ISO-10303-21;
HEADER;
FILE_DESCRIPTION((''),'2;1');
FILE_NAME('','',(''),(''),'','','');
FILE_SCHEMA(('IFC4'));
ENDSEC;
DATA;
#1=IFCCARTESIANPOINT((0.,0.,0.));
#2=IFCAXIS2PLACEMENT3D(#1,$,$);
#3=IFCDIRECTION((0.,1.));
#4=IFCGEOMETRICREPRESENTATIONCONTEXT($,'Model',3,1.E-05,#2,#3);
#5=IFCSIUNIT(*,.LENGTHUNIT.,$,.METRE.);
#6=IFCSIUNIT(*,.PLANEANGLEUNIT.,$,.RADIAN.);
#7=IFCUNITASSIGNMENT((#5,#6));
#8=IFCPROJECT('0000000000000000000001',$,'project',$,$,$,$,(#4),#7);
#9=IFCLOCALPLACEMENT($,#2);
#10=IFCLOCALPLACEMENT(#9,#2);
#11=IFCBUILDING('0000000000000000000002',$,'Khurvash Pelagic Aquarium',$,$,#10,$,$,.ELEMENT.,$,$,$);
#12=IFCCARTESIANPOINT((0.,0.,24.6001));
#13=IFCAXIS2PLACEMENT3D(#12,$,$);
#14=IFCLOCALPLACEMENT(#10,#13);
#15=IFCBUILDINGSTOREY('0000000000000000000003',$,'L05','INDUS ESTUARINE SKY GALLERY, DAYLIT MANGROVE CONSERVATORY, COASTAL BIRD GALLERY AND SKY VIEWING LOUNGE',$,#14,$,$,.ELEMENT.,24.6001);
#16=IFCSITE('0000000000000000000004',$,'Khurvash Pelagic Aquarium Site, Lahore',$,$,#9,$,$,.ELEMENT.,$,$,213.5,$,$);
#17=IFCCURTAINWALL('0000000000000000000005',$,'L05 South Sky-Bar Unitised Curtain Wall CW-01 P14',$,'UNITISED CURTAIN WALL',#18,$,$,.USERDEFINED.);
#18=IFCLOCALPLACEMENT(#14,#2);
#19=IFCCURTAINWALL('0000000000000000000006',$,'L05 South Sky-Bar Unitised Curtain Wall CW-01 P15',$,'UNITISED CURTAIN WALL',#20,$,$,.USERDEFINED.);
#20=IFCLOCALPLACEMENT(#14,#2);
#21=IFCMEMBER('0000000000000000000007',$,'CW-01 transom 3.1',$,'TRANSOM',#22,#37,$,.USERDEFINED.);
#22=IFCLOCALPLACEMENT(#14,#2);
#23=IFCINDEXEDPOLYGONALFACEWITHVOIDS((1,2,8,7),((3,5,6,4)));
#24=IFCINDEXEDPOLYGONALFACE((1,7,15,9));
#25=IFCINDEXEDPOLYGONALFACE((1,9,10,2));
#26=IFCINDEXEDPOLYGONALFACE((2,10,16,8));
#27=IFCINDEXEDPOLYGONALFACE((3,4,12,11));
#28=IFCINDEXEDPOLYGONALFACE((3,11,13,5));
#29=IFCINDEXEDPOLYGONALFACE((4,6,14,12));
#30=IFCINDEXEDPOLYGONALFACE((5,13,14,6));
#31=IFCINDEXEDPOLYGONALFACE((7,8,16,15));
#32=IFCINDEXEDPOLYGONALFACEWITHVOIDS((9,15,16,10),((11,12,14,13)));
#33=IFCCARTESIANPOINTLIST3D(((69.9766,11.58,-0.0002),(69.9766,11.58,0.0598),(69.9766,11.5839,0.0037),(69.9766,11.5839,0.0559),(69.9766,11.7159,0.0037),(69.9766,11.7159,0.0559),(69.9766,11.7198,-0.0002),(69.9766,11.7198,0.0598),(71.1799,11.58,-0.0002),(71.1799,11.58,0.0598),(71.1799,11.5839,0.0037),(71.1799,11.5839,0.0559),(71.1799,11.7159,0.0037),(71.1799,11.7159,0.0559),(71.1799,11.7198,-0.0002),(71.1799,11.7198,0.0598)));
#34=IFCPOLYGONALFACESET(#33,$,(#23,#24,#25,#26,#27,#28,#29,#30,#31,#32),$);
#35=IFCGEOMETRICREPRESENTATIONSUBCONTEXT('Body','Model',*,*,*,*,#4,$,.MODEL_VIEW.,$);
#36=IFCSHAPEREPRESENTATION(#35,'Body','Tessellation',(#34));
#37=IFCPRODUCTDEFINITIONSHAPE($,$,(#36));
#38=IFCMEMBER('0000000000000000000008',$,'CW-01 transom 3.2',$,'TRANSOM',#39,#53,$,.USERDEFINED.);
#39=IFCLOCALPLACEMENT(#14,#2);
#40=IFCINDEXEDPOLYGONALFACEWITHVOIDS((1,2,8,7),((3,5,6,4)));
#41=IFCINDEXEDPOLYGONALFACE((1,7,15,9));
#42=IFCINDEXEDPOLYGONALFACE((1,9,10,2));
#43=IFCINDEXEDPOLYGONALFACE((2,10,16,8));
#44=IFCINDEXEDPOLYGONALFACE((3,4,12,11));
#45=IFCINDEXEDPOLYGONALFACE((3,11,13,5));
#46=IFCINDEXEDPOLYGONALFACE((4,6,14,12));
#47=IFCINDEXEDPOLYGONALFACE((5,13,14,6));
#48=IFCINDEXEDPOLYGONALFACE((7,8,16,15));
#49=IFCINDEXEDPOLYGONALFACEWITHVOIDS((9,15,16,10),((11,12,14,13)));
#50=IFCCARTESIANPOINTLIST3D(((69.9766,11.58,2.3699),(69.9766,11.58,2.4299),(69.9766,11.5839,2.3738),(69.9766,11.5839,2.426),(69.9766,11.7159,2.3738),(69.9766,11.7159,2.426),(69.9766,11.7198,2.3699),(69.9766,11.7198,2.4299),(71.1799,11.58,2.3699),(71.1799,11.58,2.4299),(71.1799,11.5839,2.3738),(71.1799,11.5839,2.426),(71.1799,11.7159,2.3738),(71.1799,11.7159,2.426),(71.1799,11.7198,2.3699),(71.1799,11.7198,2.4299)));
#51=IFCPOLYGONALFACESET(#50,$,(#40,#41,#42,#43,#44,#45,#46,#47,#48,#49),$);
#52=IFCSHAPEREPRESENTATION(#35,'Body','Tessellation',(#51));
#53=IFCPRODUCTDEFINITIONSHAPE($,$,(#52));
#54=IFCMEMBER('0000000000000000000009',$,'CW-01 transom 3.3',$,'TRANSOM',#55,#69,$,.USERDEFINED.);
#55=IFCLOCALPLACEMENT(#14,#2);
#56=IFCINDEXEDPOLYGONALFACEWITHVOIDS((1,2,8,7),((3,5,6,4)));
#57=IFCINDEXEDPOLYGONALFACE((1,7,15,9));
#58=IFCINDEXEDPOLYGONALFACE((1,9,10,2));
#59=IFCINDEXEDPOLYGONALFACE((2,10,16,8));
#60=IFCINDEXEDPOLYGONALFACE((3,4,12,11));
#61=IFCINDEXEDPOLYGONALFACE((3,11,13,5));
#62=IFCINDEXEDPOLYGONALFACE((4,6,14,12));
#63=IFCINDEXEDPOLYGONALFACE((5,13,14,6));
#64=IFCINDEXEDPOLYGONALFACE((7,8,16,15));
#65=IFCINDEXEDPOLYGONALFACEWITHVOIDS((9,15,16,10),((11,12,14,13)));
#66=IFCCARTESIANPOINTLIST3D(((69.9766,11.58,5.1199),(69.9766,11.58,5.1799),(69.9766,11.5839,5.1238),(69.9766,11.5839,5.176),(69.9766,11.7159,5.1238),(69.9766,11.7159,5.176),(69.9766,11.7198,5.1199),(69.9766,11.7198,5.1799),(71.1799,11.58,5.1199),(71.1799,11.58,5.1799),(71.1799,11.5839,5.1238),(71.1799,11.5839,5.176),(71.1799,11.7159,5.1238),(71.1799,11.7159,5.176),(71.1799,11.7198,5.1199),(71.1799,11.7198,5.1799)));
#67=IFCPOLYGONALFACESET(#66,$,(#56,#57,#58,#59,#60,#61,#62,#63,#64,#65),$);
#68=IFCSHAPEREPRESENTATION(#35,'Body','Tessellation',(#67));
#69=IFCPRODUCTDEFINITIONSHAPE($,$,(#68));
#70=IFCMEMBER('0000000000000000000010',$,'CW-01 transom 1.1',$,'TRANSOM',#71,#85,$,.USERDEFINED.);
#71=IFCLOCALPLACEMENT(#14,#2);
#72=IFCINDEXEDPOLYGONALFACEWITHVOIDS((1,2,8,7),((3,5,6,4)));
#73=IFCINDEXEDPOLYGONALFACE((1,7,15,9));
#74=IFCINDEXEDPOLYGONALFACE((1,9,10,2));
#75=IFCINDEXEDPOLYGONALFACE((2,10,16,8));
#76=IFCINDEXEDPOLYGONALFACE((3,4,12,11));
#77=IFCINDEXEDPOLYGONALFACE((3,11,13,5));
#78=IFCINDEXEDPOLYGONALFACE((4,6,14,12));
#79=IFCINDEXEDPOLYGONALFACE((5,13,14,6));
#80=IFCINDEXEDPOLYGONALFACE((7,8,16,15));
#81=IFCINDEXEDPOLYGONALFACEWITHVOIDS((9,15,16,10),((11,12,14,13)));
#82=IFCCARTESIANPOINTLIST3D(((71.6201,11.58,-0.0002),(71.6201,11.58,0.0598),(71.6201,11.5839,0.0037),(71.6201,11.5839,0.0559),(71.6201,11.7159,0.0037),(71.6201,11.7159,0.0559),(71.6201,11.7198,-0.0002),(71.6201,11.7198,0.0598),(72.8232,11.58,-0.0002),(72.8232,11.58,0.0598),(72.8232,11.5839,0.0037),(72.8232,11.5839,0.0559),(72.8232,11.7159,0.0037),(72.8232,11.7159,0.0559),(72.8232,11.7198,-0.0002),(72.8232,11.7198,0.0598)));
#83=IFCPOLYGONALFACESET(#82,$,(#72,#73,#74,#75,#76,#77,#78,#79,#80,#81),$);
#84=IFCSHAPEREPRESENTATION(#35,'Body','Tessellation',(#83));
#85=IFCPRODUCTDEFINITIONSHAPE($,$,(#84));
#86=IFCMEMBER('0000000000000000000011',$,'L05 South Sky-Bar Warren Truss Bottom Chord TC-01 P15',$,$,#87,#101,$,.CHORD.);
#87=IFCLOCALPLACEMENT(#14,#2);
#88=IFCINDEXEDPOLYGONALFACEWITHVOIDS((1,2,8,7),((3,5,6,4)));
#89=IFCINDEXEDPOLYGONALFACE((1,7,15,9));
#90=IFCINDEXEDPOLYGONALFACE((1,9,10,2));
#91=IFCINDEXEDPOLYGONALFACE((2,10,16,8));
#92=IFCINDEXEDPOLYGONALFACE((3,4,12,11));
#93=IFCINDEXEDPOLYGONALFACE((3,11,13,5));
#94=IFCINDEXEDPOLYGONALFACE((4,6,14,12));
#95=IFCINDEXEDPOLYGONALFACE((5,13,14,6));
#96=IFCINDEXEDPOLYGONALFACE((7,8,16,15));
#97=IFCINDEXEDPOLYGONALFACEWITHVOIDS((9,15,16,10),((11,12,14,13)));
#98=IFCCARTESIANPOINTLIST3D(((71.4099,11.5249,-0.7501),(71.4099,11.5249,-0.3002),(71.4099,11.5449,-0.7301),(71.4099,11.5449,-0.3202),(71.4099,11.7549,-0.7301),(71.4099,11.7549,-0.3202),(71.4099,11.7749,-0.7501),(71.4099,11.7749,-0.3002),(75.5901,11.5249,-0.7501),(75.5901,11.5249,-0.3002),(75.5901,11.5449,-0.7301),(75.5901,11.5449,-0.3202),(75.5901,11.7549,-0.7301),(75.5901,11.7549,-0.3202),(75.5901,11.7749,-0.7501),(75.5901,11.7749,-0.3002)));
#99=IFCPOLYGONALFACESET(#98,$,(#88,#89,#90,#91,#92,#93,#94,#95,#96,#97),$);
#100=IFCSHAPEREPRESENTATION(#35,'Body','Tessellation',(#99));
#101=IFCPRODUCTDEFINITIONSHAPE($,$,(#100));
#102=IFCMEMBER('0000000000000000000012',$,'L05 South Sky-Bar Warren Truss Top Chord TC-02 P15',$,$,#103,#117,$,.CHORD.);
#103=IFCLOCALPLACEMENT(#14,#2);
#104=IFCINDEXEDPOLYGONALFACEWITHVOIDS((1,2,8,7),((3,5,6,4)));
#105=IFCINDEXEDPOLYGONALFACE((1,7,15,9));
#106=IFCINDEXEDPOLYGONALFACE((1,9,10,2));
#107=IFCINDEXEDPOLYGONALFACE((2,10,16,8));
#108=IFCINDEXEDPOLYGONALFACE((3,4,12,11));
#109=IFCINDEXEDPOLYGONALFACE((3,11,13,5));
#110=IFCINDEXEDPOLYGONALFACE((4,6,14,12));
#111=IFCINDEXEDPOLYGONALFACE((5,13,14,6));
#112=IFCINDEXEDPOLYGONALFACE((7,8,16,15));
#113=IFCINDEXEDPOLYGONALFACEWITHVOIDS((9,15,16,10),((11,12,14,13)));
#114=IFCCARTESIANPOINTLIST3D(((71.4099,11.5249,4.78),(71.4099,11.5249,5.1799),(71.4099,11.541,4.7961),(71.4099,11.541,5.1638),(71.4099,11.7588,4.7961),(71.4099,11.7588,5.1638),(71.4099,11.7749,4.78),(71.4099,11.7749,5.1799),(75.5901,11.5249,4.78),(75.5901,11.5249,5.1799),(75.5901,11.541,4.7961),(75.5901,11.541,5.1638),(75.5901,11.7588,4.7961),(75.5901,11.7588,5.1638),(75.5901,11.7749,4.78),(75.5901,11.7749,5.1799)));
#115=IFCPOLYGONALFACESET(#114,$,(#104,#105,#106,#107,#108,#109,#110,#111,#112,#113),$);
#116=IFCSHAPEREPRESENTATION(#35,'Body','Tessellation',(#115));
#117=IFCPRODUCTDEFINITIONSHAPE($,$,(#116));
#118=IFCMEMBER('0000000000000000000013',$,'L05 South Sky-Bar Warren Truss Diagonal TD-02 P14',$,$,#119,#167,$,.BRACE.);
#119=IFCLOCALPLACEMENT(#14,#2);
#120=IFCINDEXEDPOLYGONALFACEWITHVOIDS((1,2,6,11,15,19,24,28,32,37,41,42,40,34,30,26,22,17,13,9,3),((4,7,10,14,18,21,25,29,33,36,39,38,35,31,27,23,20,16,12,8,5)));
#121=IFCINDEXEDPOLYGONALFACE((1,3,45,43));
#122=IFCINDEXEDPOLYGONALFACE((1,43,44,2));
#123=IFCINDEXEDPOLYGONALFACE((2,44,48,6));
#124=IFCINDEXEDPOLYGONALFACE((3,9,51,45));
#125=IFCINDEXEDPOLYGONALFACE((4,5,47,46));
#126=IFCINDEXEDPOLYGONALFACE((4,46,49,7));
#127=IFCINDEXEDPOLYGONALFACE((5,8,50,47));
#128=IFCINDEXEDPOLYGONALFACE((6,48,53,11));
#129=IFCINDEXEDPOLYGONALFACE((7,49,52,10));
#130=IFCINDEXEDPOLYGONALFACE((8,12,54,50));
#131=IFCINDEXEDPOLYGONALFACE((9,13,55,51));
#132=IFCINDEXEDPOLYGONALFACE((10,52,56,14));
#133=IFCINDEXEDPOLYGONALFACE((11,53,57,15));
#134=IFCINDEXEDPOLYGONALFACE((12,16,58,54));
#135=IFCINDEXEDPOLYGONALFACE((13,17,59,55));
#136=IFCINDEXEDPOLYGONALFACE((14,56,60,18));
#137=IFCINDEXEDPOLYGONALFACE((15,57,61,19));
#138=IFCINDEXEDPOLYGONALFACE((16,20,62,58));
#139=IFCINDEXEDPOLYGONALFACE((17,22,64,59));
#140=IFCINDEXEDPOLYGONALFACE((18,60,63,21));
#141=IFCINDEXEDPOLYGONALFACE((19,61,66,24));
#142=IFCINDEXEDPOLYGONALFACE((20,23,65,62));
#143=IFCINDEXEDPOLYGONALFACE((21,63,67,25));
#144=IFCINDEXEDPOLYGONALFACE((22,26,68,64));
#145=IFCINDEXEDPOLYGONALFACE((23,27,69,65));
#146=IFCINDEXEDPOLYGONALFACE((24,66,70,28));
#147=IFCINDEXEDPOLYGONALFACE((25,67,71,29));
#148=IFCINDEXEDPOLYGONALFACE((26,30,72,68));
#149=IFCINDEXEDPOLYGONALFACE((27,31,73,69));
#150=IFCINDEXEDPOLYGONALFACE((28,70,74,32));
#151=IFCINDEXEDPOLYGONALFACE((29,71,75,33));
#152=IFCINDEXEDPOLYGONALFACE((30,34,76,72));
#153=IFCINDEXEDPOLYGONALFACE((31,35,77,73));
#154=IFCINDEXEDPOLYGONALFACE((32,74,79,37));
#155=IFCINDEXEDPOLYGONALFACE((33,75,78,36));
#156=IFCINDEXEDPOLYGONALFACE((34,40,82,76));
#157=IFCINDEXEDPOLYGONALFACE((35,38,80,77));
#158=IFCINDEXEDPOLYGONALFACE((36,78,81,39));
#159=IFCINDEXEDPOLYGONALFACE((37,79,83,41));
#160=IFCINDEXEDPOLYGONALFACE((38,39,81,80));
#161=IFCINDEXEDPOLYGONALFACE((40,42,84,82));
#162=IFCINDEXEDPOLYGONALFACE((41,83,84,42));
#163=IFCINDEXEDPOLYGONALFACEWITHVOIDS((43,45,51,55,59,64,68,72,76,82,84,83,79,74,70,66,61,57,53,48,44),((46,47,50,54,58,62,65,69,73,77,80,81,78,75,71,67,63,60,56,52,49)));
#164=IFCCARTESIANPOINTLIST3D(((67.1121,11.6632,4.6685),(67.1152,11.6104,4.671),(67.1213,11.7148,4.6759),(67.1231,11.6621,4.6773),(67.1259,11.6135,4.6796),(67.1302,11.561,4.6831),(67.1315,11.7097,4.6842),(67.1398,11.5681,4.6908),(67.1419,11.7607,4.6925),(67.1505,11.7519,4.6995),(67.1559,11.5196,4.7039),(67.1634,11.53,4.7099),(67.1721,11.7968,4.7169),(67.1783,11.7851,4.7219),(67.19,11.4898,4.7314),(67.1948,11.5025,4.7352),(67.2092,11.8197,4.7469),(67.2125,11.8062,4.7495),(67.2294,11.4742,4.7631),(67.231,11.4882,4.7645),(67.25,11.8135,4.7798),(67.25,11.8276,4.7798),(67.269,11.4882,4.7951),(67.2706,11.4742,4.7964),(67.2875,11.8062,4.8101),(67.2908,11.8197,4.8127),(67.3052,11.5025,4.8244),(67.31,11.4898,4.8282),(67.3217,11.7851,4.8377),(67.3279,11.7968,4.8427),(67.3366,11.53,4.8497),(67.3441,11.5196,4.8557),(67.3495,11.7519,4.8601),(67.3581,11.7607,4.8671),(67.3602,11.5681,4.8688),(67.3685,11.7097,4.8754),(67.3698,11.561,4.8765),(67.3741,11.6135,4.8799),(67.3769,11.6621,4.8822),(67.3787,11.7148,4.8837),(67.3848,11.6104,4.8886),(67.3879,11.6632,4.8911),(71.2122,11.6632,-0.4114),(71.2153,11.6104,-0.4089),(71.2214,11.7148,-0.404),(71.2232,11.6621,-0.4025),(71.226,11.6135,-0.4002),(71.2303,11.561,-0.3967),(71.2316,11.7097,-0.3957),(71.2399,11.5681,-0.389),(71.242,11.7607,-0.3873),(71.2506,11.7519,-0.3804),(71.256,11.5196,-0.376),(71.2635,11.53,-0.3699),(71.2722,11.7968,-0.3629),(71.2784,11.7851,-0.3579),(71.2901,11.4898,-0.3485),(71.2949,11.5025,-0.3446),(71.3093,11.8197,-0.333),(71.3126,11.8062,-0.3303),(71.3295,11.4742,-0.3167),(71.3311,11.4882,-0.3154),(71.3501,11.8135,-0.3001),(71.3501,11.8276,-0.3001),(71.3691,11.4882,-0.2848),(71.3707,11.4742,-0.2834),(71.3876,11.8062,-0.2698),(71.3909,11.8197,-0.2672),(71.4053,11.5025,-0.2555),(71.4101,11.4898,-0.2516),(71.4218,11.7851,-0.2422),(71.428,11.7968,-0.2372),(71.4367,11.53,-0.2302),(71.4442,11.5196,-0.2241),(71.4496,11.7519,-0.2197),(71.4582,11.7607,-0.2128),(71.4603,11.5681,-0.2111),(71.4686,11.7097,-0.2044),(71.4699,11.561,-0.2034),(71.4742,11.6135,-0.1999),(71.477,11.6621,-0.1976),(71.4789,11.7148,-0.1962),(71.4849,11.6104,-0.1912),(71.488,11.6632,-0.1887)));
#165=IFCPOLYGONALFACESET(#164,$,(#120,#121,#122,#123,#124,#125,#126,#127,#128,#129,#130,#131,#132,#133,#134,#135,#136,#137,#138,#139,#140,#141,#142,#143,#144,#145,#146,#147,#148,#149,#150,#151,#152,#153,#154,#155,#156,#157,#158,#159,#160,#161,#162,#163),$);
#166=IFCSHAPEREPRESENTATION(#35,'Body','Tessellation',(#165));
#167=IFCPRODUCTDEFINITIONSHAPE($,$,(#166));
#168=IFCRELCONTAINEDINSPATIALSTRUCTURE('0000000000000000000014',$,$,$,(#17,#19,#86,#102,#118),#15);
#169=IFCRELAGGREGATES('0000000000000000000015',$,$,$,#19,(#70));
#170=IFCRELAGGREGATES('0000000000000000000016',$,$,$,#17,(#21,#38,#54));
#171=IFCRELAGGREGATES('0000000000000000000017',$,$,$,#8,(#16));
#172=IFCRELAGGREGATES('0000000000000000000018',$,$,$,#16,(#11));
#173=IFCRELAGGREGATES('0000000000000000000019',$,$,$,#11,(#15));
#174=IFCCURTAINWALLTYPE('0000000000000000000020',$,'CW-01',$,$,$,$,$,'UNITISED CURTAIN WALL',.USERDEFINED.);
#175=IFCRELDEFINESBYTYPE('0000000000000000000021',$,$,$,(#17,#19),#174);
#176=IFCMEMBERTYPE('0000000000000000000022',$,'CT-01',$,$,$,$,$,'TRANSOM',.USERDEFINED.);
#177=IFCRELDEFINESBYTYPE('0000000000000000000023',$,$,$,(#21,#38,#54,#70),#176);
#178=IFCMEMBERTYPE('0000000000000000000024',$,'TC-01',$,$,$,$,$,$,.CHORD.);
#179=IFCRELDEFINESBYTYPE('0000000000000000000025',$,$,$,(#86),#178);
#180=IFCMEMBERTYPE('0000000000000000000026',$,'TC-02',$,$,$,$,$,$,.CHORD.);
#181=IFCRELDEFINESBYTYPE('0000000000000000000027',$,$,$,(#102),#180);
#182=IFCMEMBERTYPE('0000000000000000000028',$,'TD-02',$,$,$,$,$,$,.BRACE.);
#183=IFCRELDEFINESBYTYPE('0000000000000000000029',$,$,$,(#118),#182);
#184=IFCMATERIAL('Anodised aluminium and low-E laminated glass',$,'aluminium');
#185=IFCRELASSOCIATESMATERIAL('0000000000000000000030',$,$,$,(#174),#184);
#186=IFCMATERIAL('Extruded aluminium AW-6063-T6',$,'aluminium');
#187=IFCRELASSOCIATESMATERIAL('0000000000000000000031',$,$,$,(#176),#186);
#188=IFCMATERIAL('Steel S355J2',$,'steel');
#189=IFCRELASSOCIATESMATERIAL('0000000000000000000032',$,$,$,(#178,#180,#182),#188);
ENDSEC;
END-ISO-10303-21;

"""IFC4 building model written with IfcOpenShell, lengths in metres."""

from ifc_helpers import new_model, si_unit, direction, frame, origin, origin_2d, place, context, subcontext, project, spatial, hollow_rectangle, hollow_circle, extrude, material, material_profile, profile_set, type_object, element, aggregate, save


model = new_model("IFC4")

# Units and contexts
model_context = context("Model", 3, precision=1e-05, world=origin(), true_north=direction((0.0, 1.0)))
body_context = subcontext(model_context, "Body", "Model", "MODEL_VIEW")
ifc_project = project(units=[si_unit("LENGTHUNIT", "METRE"), si_unit("PLANEANGLEUNIT", "RADIAN")], contexts=[model_context])

# Site, building, storey
site_placement = place(None, origin())
site = spatial("IfcSite", under=ifc_project, at=site_placement, Name="Khurvash Pelagic Aquarium Site, Lahore", CompositionType="ELEMENT", RefElevation=213.5)
building_placement = place(site_placement, origin())
building = spatial("IfcBuilding", under=site, at=building_placement, Name="Khurvash Pelagic Aquarium", CompositionType="ELEMENT")
storey_placement = place(building_placement, frame((0.0, 0.0, 24.6001)))
storey = spatial("IfcBuildingStorey", under=building, at=storey_placement, Name="L05", Description="INDUS ESTUARINE SKY GALLERY, DAYLIT MANGROVE CONSERVATORY, COASTAL BIRD GALLERY AND SKY VIEWING LOUNGE", CompositionType="ELEMENT", Elevation=24.6001)

# Curtain wall
ifc_material_1 = material(Name="Anodised aluminium and low-E laminated glass", Category="aluminium")
curtain_wall_type = type_object("IfcCurtainWallType", Name="CW-01", ElementType="UNITISED CURTAIN WALL", PredefinedType="USERDEFINED", material=ifc_material_1)
curtain_wall_1_placement = place(storey_placement, origin())
curtain_wall_1 = element("IfcCurtainWall", 1, at=curtain_wall_1_placement, inside=storey, type_object=curtain_wall_type, Name="L05 South Sky-Bar Unitised Curtain Wall CW-01 P14", ObjectType="UNITISED CURTAIN WALL", PredefinedType="USERDEFINED")
ifc_material_2 = material(Name="Extruded aluminium AW-6063-T6", Category="aluminium")

# Curtain wall
curtain_wall_2_placement = place(storey_placement, origin())
curtain_wall_2 = element("IfcCurtainWall", 2, at=curtain_wall_2_placement, inside=storey, type_object=curtain_wall_type, Name="L05 South Sky-Bar Unitised Curtain Wall CW-01 P15", ObjectType="UNITISED CURTAIN WALL", PredefinedType="USERDEFINED")

# Members
ifc_material_profile_1 = material_profile(ifc_material_2, hollow_rectangle(XDim=0.1399, YDim=0.0601, WallThickness=0.0039, at=origin_2d()), Name="CWT140X60X4")
ifc_profile_set_1 = profile_set([ifc_material_profile_1], Name="Extruded aluminium AW-6063-T6")
member_type_1 = type_object("IfcMemberType", Name="CT-01", ElementType="TRANSOM", PredefinedType="USERDEFINED", material=ifc_profile_set_1)
member_1_placement = place(storey_placement, frame((69.9766, 11.6499, 0.0298), z_axis=(1.0, 0.0, 0.0), x_axis=(0.0, 1.0, 0.0)))
member_1 = element("IfcMember", 3, at=member_1_placement, type_object=member_type_1, Name="CW-01 transom 3.1", ObjectType="TRANSOM", PredefinedType="USERDEFINED", context=body_context, shape_type="SweptSolid", body=[
    extrude(hollow_rectangle(XDim=0.1399, YDim=0.0601, WallThickness=0.0039, at=origin_2d()), origin(), (0.0, 0.0, 1.0), 1.2034),
])
member_2_placement = place(storey_placement, frame((69.9766, 11.6499, 2.3999), z_axis=(1.0, 0.0, 0.0), x_axis=(0.0, 1.0, 0.0)))
member_2 = element("IfcMember", 4, at=member_2_placement, type_object=member_type_1, Name="CW-01 transom 3.2", ObjectType="TRANSOM", PredefinedType="USERDEFINED", context=body_context, shape_type="SweptSolid", body=[
    extrude(hollow_rectangle(XDim=0.1399, YDim=0.0601, WallThickness=0.0039, at=origin_2d()), origin(), (0.0, 0.0, 1.0), 1.2034),
])
member_3_placement = place(storey_placement, frame((69.9766, 11.6499, 5.1499), z_axis=(1.0, 0.0, 0.0), x_axis=(0.0, 1.0, 0.0)))
member_3 = element("IfcMember", 5, at=member_3_placement, type_object=member_type_1, Name="CW-01 transom 3.3", ObjectType="TRANSOM", PredefinedType="USERDEFINED", context=body_context, shape_type="SweptSolid", body=[
    extrude(hollow_rectangle(XDim=0.1399, YDim=0.0601, WallThickness=0.0039, at=origin_2d()), origin(), (0.0, 0.0, 1.0), 1.2034),
])
member_4_placement = place(storey_placement, frame((71.6201, 11.6499, 0.0298), z_axis=(1.0, 0.0, 0.0), x_axis=(0.0, 1.0, 0.0)))
member_4 = element("IfcMember", 6, at=member_4_placement, type_object=member_type_1, Name="CW-01 transom 1.1", ObjectType="TRANSOM", PredefinedType="USERDEFINED", context=body_context, shape_type="SweptSolid", body=[
    extrude(hollow_rectangle(XDim=0.1399, YDim=0.0601, WallThickness=0.0039, at=origin_2d()), origin(), (0.0, 0.0, 1.0), 1.2031),
])
aggregate(curtain_wall_2, [member_4])

# Members
ifc_material_3 = material(Name="Steel S355J2", Category="steel")
ifc_material_profile_2 = material_profile(ifc_material_3, hollow_rectangle(XDim=0.25, YDim=0.45, WallThickness=0.02, at=origin_2d()), Name="RHS450X250X20")
ifc_profile_set_2 = profile_set([ifc_material_profile_2], Name="Steel S355J2")
member_type_2 = type_object("IfcMemberType", Name="TC-01", PredefinedType="CHORD", material=ifc_profile_set_2)
member_5_placement = place(storey_placement, frame((71.4099, 11.6499, -0.5251), z_axis=(1.0, 0.0, 0.0), x_axis=(0.0, 1.0, 0.0)))
element("IfcMember", 7, at=member_5_placement, inside=storey, type_object=member_type_2, Name="L05 South Sky-Bar Warren Truss Bottom Chord TC-01 P15", PredefinedType="CHORD", context=body_context, shape_type="SweptSolid", body=[
    extrude(hollow_rectangle(XDim=0.25, YDim=0.45, WallThickness=0.02, at=origin_2d()), origin(), (0.0, 0.0, 1.0), 4.1802),
])
ifc_material_profile_3 = material_profile(ifc_material_3, hollow_rectangle(XDim=0.25, YDim=0.3999, WallThickness=0.0161, at=origin_2d()), Name="RHS400X250X16")
ifc_profile_set_3 = profile_set([ifc_material_profile_3], Name="Steel S355J2")
member_type_3 = type_object("IfcMemberType", Name="TC-02", PredefinedType="CHORD", material=ifc_profile_set_3)
member_6_placement = place(storey_placement, frame((71.4099, 11.6499, 4.98), z_axis=(1.0, 0.0, 0.0), x_axis=(0.0, 1.0, 0.0)))
element("IfcMember", 8, at=member_6_placement, inside=storey, type_object=member_type_3, Name="L05 South Sky-Bar Warren Truss Top Chord TC-02 P15", PredefinedType="CHORD", context=body_context, shape_type="SweptSolid", body=[
    extrude(hollow_rectangle(XDim=0.25, YDim=0.3999, WallThickness=0.0161, at=origin_2d()), origin(), (0.0, 0.0, 1.0), 4.1802),
])
ifc_material_profile_4 = material_profile(ifc_material_3, hollow_circle(Radius=0.1777, WallThickness=0.0142, at=origin_2d()), Name="CHS355X14")
ifc_profile_set_4 = profile_set([ifc_material_profile_4], Name="Steel S355J2")
member_type_4 = type_object("IfcMemberType", Name="TD-02", PredefinedType="BRACE", material=ifc_profile_set_4)
for number, where, z_axis, x_axis, name in (
    (9, (67.25, 11.6499, 4.7798), (0.628073, 0.0, -0.778154), (0.0, 1.0, 0.0), "L05 South Sky-Bar Warren Truss Diagonal TD-02 P14"),
):
    element("IfcMember", number, at=place(storey_placement, frame(where, z_axis=z_axis, x_axis=x_axis)), inside=storey, type_object=member_type_4, Name=name, PredefinedType="BRACE", context=body_context, shape_type="SweptSolid", body=[
        extrude(hollow_circle(Radius=0.1777, WallThickness=0.0142, at=origin_2d()), origin(), (0.0, 0.0, 1.0), 6.5281),
    ])

aggregate(curtain_wall_1, [member_1, member_2, member_3])

save(model, "model.ifc")
